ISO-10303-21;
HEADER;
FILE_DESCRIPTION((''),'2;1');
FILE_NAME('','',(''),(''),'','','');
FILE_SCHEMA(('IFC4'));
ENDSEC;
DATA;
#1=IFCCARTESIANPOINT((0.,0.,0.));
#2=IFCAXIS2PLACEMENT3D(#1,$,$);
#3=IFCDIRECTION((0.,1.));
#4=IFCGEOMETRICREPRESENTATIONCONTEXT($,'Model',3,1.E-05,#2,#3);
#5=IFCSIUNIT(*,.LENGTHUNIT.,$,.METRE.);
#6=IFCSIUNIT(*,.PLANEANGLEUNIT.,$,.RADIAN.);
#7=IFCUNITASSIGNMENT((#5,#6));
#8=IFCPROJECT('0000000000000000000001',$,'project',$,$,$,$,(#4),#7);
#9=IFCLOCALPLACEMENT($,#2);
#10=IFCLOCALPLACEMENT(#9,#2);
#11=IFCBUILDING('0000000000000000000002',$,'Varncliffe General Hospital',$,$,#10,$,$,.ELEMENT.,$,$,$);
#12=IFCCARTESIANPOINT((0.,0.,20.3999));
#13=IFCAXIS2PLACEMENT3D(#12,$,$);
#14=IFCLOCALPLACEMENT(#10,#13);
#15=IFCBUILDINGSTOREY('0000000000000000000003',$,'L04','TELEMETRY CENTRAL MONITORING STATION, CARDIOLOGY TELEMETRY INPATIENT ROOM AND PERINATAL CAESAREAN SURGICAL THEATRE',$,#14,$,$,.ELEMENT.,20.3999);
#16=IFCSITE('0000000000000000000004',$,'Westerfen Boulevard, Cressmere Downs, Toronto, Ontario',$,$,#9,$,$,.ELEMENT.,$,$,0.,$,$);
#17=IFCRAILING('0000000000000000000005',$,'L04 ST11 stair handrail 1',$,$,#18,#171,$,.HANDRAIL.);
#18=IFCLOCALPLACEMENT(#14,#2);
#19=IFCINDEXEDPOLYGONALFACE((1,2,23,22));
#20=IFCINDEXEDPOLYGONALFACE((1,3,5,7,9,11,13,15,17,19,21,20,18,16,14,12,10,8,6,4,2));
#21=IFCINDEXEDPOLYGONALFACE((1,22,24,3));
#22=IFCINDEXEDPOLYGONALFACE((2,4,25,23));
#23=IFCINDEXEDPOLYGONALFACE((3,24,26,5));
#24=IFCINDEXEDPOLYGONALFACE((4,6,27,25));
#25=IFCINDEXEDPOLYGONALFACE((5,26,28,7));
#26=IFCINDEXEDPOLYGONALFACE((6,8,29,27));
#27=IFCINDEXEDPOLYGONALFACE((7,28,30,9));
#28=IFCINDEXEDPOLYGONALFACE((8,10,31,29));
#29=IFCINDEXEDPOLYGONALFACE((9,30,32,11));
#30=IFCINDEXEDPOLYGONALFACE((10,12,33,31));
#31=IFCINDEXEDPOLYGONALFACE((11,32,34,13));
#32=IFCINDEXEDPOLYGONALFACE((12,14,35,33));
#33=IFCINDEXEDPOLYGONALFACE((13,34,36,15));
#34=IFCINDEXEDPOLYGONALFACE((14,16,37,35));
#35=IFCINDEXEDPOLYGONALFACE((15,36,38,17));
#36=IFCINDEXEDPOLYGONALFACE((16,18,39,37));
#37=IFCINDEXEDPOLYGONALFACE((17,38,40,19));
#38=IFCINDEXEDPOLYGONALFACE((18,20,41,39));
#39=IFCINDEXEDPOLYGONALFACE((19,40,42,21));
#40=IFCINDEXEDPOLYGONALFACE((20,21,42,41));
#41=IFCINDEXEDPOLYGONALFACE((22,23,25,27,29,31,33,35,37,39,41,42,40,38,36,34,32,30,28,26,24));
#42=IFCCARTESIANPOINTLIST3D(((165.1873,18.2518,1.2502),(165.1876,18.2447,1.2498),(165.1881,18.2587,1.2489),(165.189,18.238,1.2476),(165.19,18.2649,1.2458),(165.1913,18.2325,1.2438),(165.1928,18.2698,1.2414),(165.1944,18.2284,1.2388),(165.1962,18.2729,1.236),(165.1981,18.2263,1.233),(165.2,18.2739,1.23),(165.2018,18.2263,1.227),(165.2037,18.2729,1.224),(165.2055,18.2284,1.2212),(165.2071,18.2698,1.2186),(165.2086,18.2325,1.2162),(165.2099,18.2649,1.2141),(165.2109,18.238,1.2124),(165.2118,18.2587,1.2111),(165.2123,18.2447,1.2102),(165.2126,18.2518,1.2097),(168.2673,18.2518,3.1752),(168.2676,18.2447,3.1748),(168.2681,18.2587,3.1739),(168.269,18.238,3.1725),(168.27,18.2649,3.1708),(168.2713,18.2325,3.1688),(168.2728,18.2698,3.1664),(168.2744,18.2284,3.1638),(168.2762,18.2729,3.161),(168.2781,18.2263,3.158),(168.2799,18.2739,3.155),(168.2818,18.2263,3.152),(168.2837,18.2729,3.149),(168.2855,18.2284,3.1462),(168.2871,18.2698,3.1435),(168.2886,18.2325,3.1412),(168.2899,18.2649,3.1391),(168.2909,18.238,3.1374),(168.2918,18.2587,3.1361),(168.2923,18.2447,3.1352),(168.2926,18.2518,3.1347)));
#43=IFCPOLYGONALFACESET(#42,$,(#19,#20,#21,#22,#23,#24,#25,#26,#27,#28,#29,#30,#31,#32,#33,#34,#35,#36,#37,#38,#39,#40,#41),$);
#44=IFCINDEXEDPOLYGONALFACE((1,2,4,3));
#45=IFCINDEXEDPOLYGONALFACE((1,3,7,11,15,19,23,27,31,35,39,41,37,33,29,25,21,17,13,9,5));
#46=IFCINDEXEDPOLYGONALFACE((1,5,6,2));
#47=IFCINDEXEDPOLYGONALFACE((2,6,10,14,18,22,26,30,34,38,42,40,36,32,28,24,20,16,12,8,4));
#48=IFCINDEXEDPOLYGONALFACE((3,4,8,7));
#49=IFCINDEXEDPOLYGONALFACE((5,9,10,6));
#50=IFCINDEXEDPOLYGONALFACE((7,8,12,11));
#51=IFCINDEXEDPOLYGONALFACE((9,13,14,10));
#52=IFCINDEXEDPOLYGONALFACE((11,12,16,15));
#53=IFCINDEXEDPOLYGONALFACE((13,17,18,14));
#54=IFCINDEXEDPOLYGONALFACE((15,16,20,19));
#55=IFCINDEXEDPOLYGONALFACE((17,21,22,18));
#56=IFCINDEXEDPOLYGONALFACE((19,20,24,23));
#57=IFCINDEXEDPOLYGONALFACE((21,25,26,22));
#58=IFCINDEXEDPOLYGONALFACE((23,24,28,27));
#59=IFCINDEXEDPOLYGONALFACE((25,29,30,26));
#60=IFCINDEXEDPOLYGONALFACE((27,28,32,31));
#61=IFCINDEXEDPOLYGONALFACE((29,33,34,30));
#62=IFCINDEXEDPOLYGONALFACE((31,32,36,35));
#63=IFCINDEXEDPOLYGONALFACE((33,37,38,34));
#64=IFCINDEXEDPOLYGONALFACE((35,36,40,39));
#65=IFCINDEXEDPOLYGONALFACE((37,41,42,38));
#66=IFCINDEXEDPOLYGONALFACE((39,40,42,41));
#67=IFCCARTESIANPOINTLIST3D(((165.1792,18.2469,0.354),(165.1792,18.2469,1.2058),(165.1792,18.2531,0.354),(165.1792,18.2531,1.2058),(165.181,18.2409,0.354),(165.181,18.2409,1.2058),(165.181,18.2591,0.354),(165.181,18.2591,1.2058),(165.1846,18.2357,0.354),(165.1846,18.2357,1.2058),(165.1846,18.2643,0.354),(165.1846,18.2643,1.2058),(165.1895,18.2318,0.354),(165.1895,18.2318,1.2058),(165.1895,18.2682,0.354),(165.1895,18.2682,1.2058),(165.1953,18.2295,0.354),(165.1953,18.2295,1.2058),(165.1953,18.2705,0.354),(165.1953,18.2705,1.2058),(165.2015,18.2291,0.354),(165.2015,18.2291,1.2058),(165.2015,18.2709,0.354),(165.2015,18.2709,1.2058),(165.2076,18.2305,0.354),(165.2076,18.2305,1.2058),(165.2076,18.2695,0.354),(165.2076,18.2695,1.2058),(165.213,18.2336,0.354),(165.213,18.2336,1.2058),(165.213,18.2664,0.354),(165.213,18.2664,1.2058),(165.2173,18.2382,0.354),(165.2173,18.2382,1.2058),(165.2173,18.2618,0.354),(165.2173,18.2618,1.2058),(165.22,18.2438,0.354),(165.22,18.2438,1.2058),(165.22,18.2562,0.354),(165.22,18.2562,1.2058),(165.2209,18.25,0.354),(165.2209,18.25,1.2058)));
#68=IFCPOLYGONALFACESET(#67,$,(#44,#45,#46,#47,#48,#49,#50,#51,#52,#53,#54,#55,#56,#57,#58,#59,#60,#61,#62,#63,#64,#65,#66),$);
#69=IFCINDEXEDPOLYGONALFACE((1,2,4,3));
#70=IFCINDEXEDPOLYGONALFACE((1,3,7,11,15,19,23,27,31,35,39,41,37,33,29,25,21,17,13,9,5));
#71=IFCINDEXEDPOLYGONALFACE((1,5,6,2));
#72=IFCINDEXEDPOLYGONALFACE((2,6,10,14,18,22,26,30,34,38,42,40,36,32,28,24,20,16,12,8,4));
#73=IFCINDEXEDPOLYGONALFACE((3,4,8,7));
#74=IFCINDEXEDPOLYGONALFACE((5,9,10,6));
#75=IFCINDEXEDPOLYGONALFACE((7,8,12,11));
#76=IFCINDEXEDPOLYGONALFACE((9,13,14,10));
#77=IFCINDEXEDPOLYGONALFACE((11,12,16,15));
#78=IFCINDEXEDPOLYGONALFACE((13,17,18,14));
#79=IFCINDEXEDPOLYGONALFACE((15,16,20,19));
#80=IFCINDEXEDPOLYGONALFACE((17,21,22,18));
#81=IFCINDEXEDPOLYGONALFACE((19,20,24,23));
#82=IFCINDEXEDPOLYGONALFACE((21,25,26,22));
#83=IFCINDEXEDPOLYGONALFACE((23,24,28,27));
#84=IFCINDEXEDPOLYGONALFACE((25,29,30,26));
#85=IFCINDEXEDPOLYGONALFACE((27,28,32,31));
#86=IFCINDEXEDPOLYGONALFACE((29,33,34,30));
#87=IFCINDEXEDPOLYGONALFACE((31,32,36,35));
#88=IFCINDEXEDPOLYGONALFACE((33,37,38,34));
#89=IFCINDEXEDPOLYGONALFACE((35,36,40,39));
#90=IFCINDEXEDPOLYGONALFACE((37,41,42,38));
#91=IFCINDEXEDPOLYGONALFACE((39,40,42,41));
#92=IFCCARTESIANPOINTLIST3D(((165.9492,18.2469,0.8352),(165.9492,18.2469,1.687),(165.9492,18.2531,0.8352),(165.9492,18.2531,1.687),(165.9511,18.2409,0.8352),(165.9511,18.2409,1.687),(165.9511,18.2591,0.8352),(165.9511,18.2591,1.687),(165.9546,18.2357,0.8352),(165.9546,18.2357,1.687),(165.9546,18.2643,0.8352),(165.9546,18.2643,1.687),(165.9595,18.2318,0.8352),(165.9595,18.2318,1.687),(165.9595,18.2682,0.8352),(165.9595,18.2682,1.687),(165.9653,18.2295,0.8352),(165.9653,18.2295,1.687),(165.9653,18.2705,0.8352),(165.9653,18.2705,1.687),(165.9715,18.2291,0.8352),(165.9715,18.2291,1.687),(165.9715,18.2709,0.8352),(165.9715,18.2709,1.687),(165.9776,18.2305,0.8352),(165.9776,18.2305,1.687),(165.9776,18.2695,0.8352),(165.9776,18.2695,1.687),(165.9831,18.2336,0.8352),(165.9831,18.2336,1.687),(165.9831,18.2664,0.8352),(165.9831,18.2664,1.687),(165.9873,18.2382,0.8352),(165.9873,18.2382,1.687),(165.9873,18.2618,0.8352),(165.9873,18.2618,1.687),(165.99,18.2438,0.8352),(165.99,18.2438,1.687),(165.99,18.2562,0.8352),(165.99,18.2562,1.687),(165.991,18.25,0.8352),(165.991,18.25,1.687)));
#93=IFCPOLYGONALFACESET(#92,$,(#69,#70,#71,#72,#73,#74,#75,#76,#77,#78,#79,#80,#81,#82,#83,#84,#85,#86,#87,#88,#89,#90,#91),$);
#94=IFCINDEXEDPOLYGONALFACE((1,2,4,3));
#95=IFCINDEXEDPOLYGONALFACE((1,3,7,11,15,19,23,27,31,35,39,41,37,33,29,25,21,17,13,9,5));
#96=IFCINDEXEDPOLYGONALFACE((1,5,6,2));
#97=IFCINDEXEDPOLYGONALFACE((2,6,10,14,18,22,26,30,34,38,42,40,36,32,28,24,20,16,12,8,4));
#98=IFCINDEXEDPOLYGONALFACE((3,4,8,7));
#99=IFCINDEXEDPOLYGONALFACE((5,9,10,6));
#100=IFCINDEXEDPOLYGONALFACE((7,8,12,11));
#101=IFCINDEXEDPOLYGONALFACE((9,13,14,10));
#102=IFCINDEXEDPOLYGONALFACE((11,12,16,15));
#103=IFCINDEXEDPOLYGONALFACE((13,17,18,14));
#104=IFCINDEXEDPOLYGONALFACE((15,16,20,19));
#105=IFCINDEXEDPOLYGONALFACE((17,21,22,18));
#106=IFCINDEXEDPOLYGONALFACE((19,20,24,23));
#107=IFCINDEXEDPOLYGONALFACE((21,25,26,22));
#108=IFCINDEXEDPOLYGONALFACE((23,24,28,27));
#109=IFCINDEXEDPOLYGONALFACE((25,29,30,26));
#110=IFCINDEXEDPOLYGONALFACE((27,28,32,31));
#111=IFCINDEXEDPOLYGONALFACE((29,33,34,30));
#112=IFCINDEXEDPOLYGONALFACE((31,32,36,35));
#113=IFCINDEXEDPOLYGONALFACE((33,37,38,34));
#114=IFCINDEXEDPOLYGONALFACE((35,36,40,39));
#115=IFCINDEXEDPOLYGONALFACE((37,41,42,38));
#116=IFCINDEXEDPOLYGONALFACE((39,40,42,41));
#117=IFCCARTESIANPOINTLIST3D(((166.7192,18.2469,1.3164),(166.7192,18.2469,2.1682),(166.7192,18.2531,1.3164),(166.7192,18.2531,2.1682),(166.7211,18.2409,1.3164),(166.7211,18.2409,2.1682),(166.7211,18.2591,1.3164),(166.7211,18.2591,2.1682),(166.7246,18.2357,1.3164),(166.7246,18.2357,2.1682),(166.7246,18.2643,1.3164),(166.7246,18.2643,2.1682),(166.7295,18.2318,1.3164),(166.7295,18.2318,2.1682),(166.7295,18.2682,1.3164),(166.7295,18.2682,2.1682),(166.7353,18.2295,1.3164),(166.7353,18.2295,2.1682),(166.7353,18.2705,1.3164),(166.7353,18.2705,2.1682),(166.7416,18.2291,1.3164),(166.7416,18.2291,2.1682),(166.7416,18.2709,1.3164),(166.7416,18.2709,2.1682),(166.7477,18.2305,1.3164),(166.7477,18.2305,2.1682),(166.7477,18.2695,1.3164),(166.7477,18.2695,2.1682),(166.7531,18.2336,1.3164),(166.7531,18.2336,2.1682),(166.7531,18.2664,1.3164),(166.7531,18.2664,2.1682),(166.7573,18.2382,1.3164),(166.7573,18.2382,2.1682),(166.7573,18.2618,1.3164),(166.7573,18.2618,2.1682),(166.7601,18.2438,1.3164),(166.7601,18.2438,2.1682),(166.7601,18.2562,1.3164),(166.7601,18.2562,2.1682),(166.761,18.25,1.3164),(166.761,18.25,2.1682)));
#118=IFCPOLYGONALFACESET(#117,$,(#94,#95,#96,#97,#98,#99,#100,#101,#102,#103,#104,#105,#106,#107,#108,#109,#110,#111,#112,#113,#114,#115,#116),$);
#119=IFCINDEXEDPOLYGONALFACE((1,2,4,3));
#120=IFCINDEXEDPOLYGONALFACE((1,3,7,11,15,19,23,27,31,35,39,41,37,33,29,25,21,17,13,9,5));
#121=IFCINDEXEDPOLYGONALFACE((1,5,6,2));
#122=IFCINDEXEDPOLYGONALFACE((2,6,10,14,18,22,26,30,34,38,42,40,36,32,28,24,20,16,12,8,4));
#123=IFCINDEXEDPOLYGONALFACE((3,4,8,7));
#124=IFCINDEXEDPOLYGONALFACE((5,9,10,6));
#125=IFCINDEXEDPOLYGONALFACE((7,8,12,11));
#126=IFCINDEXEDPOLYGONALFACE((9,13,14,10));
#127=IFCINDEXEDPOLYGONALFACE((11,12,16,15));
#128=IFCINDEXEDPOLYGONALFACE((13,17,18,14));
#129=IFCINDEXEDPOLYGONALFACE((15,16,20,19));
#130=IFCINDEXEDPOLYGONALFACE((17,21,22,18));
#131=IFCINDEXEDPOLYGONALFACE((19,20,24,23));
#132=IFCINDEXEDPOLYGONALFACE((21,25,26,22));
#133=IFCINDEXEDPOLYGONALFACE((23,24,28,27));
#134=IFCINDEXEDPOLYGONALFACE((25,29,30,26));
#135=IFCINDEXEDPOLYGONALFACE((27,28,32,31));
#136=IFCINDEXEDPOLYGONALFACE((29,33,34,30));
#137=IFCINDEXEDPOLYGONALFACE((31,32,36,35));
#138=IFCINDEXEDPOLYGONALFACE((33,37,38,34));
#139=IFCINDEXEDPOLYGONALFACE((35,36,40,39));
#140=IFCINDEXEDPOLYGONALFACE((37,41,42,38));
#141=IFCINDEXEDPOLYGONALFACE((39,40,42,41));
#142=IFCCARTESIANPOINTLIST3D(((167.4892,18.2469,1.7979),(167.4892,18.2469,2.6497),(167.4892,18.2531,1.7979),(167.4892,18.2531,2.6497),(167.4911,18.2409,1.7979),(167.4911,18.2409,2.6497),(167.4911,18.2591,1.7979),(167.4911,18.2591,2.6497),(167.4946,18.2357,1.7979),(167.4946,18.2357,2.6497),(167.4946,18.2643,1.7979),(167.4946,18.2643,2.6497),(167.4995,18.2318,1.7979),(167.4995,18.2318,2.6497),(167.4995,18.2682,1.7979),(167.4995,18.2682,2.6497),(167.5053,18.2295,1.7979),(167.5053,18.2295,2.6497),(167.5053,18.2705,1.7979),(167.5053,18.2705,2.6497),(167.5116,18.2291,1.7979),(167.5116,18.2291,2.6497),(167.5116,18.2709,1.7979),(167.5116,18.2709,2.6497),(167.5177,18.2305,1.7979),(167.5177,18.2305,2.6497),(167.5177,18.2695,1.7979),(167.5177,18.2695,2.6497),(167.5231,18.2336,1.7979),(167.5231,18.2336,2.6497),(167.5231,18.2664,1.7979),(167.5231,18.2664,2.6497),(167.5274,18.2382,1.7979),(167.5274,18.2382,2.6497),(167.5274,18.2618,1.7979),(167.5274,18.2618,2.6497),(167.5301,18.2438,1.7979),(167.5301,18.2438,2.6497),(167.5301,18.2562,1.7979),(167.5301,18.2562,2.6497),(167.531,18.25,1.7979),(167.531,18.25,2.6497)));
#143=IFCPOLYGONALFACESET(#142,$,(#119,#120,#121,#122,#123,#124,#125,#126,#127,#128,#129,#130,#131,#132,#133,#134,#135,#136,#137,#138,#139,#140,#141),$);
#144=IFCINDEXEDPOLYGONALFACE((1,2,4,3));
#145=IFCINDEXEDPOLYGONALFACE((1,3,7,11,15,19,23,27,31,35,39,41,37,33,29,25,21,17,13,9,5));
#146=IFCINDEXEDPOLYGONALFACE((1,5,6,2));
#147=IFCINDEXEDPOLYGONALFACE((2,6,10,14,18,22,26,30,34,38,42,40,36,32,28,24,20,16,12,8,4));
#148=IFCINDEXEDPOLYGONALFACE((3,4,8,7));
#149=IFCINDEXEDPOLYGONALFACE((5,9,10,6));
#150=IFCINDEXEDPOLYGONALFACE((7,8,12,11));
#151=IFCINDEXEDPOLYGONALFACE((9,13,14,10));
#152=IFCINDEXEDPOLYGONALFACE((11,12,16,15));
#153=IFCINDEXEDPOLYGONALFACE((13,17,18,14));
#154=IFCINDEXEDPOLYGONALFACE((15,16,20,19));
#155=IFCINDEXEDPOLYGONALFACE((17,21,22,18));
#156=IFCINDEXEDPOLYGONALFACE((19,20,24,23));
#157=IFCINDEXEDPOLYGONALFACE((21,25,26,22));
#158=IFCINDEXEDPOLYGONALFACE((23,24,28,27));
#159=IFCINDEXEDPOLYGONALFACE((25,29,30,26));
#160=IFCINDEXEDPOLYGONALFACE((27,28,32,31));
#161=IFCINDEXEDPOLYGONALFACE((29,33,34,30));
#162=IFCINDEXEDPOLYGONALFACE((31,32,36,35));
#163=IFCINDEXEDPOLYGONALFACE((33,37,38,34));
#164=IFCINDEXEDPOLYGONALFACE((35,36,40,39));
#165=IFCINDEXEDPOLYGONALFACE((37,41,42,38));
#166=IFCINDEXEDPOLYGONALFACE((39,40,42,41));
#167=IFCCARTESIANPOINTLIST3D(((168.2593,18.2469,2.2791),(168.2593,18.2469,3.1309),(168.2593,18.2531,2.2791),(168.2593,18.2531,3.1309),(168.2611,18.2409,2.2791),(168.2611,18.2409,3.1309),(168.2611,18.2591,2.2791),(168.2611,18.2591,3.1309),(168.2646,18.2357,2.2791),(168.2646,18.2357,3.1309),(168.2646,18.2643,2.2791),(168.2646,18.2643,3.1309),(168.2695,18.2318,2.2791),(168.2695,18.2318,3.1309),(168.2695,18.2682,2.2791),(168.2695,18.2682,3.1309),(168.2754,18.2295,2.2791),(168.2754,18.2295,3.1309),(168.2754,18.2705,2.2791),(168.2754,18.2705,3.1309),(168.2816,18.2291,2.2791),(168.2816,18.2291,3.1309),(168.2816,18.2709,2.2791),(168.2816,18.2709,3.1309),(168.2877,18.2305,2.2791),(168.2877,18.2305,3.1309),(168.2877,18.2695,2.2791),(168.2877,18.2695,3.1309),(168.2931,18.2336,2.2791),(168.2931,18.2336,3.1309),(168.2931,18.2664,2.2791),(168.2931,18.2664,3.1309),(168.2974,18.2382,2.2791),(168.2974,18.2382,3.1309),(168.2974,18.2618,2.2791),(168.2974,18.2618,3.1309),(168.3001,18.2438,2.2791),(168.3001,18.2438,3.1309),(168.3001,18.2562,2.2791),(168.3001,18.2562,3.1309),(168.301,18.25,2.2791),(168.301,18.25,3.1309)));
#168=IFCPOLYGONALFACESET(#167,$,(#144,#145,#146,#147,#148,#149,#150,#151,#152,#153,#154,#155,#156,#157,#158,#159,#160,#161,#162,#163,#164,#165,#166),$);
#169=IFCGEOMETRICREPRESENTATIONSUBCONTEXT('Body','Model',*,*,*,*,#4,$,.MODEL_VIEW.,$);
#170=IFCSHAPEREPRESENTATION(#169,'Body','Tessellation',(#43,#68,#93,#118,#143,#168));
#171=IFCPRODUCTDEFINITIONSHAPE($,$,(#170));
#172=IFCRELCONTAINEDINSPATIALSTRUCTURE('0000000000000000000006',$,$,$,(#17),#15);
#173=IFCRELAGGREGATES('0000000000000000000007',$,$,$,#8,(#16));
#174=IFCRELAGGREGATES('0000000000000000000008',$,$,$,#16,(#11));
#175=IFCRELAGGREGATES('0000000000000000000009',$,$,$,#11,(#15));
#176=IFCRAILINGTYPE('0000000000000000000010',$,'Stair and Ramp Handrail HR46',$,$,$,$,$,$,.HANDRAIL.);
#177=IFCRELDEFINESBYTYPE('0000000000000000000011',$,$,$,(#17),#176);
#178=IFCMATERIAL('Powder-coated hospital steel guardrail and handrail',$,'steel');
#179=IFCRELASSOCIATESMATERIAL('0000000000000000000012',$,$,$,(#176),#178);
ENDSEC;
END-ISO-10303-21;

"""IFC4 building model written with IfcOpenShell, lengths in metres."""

from ifc_helpers import new_model, si_unit, direction, frame, origin, origin_2d, place, context, subcontext, project, spatial, circle, extrude, material, type_object, element, save


model = new_model("IFC4")

# Units and contexts
model_context = context("Model", 3, precision=1e-05, world=origin(), true_north=direction((0.0, 1.0)))
body_context = subcontext(model_context, "Body", "Model", "MODEL_VIEW")
ifc_project = project(units=[si_unit("LENGTHUNIT", "METRE"), si_unit("PLANEANGLEUNIT", "RADIAN")], contexts=[model_context])

# Site, building, storey
site_placement = place(None, origin())
site = spatial("IfcSite", under=ifc_project, at=site_placement, Name="Westerfen Boulevard, Cressmere Downs, Toronto, Ontario", CompositionType="ELEMENT", RefElevation=0.0)
building_placement = place(site_placement, origin())
building = spatial("IfcBuilding", under=site, at=building_placement, Name="Varncliffe General Hospital", CompositionType="ELEMENT")
storey_placement = place(building_placement, frame((0.0, 0.0, 20.3999)))
storey = spatial("IfcBuildingStorey", under=building, at=storey_placement, Name="L04", Description="TELEMETRY CENTRAL MONITORING STATION, CARDIOLOGY TELEMETRY INPATIENT ROOM AND PERINATAL CAESAREAN SURGICAL THEATRE", CompositionType="ELEMENT", Elevation=20.3999)

# Railing
ifc_material_1 = material(Name="Powder-coated hospital steel guardrail and handrail", Category="steel")
railing_type_1 = type_object("IfcRailingType", Name="Stair and Ramp Handrail HR46", PredefinedType="HANDRAIL", material=ifc_material_1)
railing_1_placement = place(storey_placement, frame((165.2, 18.25, 0.354)))
element("IfcRailing", 1, at=railing_1_placement, inside=storey, type_object=railing_type_1, Name="L04 ST11 stair handrail 1", PredefinedType="HANDRAIL", context=body_context, shape_type="SweptSolid", body=[
    extrude(circle(Radius=0.0239, at=origin_2d()), frame((0.0, 0.0, 0.876), z_axis=(0.847998, 0.0, 0.529999), x_axis=(0.0, 1.0, 0.0)), (0.0, 0.0, 1.0), 3.6321),
    extrude(circle(Radius=0.021, at=origin_2d()), origin(), (0.0, 0.0, 1.0), 0.8518),
    extrude(circle(Radius=0.021, at=origin_2d()), frame((0.77, 0.0, 0.4812)), (0.0, 0.0, 1.0), 0.8518),
    extrude(circle(Radius=0.021, at=origin_2d()), frame((1.54, 0.0, 0.9624)), (0.0, 0.0, 1.0), 0.8518),
    extrude(circle(Radius=0.021, at=origin_2d()), frame((2.3101, 0.0, 1.4438)), (0.0, 0.0, 1.0), 0.8518),
    extrude(circle(Radius=0.021, at=origin_2d()), frame((3.0801, 0.0, 1.925)), (0.0, 0.0, 1.0), 0.8518),
])

save(model, "model.ifc")
